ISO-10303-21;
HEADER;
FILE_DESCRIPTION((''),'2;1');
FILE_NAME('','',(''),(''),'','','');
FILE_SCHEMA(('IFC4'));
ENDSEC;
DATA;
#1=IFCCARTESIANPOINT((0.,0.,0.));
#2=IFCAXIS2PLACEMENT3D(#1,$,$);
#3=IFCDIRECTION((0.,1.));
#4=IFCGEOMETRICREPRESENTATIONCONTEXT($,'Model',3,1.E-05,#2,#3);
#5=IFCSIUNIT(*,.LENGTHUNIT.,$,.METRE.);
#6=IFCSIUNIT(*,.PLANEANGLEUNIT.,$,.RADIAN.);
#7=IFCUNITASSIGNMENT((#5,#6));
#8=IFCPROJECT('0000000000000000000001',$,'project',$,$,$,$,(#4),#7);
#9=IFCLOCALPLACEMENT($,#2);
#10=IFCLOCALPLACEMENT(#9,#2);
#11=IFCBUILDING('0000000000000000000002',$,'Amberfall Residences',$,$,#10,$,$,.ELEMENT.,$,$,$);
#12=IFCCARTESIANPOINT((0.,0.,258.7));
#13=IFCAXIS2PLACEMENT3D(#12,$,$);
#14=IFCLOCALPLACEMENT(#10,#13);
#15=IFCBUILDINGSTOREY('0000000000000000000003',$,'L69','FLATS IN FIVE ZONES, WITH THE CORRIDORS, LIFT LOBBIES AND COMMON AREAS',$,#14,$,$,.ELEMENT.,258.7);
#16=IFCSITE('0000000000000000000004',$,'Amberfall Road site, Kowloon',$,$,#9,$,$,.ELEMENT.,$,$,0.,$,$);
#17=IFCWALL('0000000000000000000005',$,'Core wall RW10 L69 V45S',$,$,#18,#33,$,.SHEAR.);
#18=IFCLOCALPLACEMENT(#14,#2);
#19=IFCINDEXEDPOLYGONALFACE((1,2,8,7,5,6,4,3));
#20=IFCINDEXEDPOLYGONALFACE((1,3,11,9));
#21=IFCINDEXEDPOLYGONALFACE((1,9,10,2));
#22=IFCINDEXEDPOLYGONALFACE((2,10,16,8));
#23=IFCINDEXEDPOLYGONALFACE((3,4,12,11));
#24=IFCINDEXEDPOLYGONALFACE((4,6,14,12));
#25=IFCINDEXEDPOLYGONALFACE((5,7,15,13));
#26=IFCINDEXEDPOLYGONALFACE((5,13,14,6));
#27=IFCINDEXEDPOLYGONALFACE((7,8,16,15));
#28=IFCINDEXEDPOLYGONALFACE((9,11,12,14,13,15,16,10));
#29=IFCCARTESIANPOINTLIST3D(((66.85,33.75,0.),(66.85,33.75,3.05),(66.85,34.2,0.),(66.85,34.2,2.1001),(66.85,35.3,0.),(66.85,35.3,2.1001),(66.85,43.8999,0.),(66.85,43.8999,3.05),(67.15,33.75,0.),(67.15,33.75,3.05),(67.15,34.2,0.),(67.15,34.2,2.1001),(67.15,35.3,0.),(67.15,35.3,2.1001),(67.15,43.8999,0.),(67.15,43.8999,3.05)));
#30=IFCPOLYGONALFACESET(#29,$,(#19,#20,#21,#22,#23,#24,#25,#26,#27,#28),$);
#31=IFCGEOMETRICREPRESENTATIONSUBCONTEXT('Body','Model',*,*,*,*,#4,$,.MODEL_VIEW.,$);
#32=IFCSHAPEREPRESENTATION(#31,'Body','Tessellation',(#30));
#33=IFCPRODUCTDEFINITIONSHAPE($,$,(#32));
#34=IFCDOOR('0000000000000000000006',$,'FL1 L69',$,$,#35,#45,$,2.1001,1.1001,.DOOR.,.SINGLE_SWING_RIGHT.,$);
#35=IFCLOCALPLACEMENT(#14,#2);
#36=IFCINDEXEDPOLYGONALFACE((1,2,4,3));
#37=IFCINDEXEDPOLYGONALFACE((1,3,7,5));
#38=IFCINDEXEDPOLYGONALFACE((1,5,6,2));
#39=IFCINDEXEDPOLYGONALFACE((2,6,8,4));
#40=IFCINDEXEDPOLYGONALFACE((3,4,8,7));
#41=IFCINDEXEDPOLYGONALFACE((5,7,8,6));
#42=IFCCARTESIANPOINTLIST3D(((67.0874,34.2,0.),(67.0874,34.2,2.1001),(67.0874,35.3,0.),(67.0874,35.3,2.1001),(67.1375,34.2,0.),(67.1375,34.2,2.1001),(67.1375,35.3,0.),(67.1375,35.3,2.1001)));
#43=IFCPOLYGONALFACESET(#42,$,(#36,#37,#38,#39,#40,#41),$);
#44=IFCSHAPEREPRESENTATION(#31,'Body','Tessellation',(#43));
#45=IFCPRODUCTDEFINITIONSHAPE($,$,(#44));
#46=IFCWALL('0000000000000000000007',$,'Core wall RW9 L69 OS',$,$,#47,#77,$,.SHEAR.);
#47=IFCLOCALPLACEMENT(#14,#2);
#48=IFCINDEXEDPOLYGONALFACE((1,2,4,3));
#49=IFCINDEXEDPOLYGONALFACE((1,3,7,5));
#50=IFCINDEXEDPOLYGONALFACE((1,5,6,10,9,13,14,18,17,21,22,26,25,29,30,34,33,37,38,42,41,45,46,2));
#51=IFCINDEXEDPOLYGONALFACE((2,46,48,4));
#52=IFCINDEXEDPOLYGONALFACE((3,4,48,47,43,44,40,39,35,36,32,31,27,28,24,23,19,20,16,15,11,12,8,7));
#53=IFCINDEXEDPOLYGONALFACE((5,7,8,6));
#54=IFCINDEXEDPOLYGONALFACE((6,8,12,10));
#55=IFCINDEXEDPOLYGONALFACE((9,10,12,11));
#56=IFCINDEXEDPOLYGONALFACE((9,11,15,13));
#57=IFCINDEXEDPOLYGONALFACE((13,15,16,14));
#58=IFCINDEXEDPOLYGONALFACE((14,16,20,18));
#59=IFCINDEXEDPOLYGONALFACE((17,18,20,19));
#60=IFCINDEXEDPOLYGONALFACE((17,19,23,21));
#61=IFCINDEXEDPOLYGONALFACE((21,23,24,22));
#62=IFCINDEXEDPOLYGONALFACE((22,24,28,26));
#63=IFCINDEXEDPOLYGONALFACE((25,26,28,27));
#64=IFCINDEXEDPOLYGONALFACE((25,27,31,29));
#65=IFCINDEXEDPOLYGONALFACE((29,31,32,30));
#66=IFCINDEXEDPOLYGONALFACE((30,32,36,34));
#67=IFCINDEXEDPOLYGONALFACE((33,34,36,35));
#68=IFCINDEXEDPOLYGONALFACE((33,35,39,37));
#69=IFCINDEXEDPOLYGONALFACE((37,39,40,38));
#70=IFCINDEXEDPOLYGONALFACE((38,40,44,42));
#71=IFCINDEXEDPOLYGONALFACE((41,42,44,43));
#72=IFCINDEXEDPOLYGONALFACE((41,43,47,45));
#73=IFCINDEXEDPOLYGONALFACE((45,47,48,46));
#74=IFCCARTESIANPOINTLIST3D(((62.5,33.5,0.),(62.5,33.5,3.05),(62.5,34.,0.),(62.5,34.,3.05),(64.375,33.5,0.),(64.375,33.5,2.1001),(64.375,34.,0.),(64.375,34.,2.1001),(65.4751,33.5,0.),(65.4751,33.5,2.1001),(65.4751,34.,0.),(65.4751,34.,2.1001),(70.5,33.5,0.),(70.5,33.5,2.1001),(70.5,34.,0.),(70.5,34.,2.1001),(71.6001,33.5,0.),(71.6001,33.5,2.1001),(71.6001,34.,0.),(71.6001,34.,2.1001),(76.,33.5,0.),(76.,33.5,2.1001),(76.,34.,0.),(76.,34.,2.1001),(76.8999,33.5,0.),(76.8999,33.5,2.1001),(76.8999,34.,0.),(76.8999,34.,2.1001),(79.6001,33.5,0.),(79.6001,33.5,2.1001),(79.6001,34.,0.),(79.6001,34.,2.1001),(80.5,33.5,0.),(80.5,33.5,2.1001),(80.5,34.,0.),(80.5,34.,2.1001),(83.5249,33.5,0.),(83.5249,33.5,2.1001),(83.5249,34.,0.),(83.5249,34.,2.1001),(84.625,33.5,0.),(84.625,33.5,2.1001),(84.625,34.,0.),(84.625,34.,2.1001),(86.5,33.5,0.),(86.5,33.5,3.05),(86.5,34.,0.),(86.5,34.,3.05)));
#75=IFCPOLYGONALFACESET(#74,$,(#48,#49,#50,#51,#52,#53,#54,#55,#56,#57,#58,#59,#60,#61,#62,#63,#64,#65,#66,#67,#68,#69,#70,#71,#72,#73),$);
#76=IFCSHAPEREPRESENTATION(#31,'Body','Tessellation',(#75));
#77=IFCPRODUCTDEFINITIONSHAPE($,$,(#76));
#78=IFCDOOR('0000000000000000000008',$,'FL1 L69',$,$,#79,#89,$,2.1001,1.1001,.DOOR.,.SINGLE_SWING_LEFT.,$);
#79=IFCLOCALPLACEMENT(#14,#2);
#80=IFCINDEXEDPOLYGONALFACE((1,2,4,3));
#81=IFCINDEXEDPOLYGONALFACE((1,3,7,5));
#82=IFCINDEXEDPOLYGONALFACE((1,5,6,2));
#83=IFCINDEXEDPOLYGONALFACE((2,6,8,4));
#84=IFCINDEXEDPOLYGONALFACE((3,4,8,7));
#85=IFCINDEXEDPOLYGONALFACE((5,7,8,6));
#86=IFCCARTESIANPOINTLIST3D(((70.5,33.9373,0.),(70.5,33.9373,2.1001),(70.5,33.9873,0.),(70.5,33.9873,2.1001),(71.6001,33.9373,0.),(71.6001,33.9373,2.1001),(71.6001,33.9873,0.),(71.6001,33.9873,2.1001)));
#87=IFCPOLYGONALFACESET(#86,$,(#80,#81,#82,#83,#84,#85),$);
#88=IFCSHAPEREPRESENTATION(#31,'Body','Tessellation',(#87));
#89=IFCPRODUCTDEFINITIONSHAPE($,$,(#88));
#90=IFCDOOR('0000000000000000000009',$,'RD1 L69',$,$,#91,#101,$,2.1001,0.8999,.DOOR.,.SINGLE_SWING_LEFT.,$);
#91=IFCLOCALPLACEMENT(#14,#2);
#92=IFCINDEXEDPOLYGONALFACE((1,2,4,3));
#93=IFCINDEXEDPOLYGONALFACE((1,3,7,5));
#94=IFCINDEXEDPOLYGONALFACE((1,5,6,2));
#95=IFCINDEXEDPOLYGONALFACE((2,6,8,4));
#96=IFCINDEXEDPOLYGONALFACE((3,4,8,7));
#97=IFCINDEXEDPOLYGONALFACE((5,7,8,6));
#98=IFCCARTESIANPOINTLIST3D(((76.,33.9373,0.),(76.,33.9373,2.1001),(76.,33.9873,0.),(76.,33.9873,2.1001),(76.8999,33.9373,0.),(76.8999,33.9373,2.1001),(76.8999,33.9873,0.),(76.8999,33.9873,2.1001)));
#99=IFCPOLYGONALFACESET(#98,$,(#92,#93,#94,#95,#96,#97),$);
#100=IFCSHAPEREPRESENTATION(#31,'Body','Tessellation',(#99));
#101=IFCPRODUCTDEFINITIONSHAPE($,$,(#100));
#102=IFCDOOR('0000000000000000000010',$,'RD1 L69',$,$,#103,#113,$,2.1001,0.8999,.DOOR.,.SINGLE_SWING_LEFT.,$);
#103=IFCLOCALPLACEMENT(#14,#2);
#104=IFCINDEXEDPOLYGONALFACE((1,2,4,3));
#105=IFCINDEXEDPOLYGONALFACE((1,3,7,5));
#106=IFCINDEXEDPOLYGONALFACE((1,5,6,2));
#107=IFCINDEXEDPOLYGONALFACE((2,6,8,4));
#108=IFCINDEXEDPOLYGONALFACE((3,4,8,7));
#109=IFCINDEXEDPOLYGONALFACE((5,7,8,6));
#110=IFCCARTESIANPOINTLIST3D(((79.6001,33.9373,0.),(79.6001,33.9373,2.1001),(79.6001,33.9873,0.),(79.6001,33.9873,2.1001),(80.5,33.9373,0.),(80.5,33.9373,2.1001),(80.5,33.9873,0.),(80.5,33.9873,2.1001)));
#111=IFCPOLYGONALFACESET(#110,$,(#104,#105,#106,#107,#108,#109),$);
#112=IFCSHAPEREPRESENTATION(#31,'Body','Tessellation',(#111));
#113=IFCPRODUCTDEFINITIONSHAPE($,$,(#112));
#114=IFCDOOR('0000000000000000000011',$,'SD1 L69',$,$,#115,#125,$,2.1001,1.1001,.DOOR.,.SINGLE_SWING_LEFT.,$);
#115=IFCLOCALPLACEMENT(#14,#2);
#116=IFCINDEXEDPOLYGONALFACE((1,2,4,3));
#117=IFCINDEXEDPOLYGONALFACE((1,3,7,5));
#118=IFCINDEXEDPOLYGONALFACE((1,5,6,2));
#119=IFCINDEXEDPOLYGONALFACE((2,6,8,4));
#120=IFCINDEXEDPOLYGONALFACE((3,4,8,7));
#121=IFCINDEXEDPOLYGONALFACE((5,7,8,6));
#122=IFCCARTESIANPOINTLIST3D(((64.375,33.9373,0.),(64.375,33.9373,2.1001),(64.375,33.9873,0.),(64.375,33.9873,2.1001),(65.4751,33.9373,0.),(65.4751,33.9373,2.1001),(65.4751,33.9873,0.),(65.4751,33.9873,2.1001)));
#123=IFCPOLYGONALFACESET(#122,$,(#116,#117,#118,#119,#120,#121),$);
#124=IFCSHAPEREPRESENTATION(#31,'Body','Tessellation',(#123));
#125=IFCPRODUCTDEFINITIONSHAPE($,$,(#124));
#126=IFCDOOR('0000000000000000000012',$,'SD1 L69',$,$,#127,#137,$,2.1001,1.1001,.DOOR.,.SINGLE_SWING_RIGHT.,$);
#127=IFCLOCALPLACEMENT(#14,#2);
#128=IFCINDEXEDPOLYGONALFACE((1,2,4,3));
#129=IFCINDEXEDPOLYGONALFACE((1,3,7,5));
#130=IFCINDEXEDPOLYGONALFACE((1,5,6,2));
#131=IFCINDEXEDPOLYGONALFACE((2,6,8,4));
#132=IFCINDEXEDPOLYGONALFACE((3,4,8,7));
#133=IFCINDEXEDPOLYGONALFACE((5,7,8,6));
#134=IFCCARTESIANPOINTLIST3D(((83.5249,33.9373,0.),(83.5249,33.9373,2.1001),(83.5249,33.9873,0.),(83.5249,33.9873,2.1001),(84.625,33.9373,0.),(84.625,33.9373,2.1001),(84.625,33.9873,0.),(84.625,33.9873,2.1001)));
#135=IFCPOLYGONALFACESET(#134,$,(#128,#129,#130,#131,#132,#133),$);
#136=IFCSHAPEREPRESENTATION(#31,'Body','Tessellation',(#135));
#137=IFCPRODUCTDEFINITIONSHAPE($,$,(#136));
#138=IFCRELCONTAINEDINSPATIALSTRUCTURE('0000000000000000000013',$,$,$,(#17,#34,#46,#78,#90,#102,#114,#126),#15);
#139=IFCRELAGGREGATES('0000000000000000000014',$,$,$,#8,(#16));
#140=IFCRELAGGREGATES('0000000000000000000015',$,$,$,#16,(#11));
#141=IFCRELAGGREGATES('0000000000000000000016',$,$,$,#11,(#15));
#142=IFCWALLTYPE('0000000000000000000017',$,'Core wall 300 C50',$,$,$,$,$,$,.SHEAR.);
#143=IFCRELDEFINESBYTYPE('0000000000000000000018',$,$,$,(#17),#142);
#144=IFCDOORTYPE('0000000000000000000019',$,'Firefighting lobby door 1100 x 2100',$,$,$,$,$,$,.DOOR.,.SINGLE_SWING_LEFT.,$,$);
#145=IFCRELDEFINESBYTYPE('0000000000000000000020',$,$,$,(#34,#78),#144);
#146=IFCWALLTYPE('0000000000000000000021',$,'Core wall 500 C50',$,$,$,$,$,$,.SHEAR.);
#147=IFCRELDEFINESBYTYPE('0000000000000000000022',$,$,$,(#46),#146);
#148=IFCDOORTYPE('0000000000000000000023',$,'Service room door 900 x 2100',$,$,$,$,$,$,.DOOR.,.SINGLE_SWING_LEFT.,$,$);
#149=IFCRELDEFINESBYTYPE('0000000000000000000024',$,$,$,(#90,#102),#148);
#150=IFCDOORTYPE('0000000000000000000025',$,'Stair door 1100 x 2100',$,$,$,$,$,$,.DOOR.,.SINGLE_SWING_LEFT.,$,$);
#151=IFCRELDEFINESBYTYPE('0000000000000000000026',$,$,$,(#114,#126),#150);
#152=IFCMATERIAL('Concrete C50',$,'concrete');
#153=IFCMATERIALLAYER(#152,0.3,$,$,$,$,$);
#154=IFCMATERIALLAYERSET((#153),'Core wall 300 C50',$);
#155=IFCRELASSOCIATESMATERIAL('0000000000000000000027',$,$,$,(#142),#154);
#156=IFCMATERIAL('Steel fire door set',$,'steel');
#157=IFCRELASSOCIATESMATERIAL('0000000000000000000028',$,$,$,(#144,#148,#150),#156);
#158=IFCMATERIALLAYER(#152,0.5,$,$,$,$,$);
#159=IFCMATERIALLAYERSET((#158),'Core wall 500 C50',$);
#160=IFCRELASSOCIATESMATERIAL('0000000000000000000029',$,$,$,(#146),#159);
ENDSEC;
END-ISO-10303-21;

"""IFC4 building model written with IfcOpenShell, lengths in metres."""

from ifc_helpers import new_model, si_unit, direction, frame, frame_2d, origin, place, context, subcontext, project, spatial, rectangle, extrude, material, layer, layer_set, type_object, element, fill, save


model = new_model("IFC4")

# Units and contexts
model_context = context("Model", 3, precision=1e-05, world=origin(), true_north=direction((0.0, 1.0)))
body_context = subcontext(model_context, "Body", "Model", "MODEL_VIEW")
ifc_project = project(units=[si_unit("LENGTHUNIT", "METRE"), si_unit("PLANEANGLEUNIT", "RADIAN")], contexts=[model_context])

# Site, building, storey
site_placement = place(None, origin())
site = spatial("IfcSite", under=ifc_project, at=site_placement, Name="Amberfall Road site, Kowloon", CompositionType="ELEMENT", RefElevation=0.0)
building_placement = place(site_placement, origin())
building = spatial("IfcBuilding", under=site, at=building_placement, Name="Amberfall Residences", CompositionType="ELEMENT")
storey_placement = place(building_placement, frame((0.0, 0.0, 258.7)))
storey = spatial("IfcBuildingStorey", under=building, at=storey_placement, Name="L69", Description="FLATS IN FIVE ZONES, WITH THE CORRIDORS, LIFT LOBBIES AND COMMON AREAS", CompositionType="ELEMENT", Elevation=258.7)

# Wall, opening, door
ifc_material_1 = material(Name="Concrete C50", Category="concrete")
ifc_layer_1 = layer(ifc_material_1, 0.3)
ifc_layer_set_1 = layer_set([ifc_layer_1], Name="Core wall 300 C50")
wall_type_1 = type_object("IfcWallType", Name="Core wall 300 C50", PredefinedType="SHEAR", material=ifc_layer_set_1)
wall_1_placement = place(storey_placement, frame((67.0, 33.75, 0.0), z_axis=(0.0, 0.0, 1.0), x_axis=(0.0, 1.0, 0.0)))
wall_1 = element("IfcWall", 1, at=wall_1_placement, inside=storey, type_object=wall_type_1, Name="Core wall RW10 L69 V45S", PredefinedType="SHEAR", context=body_context, shape_type="SweptSolid", body=[
    extrude(rectangle(XDim=10.1499, YDim=0.3, at=frame_2d((5.075, 0.0))), origin(), (0.0, 0.0, 1.0), 3.05),
])
opening_1_placement = place(wall_1_placement, frame((0.45, 0.0, 0.0)))
opening_1 = element("IfcOpeningElement", 2, at=opening_1_placement, cuts=wall_1, PredefinedType="OPENING", context=body_context, shape_type="SweptSolid", body=[
    extrude(rectangle(XDim=1.1001, YDim=2.1001, at=frame_2d((0.55, 1.05))), frame((0.0, 0.1599, 0.0), z_axis=(0.0, -1.0, 0.0), x_axis=(1.0, 0.0, 0.0)), (0.0, 0.0, 1.0), 0.3201),
])
ifc_material_2 = material(Name="Steel fire door set", Category="steel")
door_type_1 = type_object("IfcDoorType", Name="Firefighting lobby door 1100 x 2100", OperationType="SINGLE_SWING_LEFT", PredefinedType="DOOR", material=ifc_material_2)
door_1_placement = place(opening_1_placement, origin())
door_1 = element("IfcDoor", 3, at=door_1_placement, inside=storey, type_object=door_type_1, Name="FL1 L69", OperationType="SINGLE_SWING_RIGHT", OverallHeight=2.1001, OverallWidth=1.1001, PredefinedType="DOOR", context=body_context, shape_type="SweptSolid", body=[
    extrude(rectangle(XDim=1.1001, YDim=2.1001, at=frame_2d((0.55, 1.05))), frame((0.0, -0.0874, 0.0), z_axis=(0.0, -1.0, 0.0), x_axis=(1.0, 0.0, 0.0)), (0.0, 0.0, 1.0), 0.05),
])
fill(opening_1, door_1)

# Wall, openings, doors
ifc_layer_2 = layer(ifc_material_1, 0.5)
ifc_layer_set_2 = layer_set([ifc_layer_2], Name="Core wall 500 C50")
wall_type_2 = type_object("IfcWallType", Name="Core wall 500 C50", PredefinedType="SHEAR", material=ifc_layer_set_2)
wall_2_placement = place(storey_placement, frame((62.5, 33.75, 0.0), z_axis=(0.0, 0.0, 1.0), x_axis=(1.0, 0.0, 0.0)))
wall_2 = element("IfcWall", 4, at=wall_2_placement, inside=storey, type_object=wall_type_2, Name="Core wall RW9 L69 OS", PredefinedType="SHEAR", context=body_context, shape_type="SweptSolid", body=[
    extrude(rectangle(XDim=24.0, YDim=0.5, at=frame_2d((12.0, 0.0))), origin(), (0.0, 0.0, 1.0), 3.05),
])
opening_2_placement = place(wall_2_placement, frame((1.875, 0.0, 0.0)))
opening_2 = element("IfcOpeningElement", 5, at=opening_2_placement, cuts=wall_2, PredefinedType="OPENING", context=body_context, shape_type="SweptSolid", body=[
    extrude(rectangle(XDim=1.1001, YDim=2.1001, at=frame_2d((0.55, 1.05))), frame((0.0, 0.26, 0.0), z_axis=(0.0, -1.0, 0.0), x_axis=(1.0, 0.0, 0.0)), (0.0, 0.0, 1.0), 0.52),
])
opening_3_placement = place(wall_2_placement, frame((21.0249, 0.0, 0.0)))
opening_3 = element("IfcOpeningElement", 6, at=opening_3_placement, cuts=wall_2, PredefinedType="OPENING", context=body_context, shape_type="SweptSolid", body=[
    extrude(rectangle(XDim=1.1001, YDim=2.1001, at=frame_2d((0.55, 1.05))), frame((0.0, 0.26, 0.0), z_axis=(0.0, -1.0, 0.0), x_axis=(1.0, 0.0, 0.0)), (0.0, 0.0, 1.0), 0.52),
])
opening_4_placement = place(wall_2_placement, frame((8.0, 0.0, 0.0)))
opening_4 = element("IfcOpeningElement", 7, at=opening_4_placement, cuts=wall_2, PredefinedType="OPENING", context=body_context, shape_type="SweptSolid", body=[
    extrude(rectangle(XDim=1.1001, YDim=2.1001, at=frame_2d((0.55, 1.05))), frame((0.0, 0.26, 0.0), z_axis=(0.0, -1.0, 0.0), x_axis=(1.0, 0.0, 0.0)), (0.0, 0.0, 1.0), 0.52),
])
opening_5_placement = place(wall_2_placement, frame((13.5, 0.0, 0.0)))
opening_5 = element("IfcOpeningElement", 8, at=opening_5_placement, cuts=wall_2, PredefinedType="OPENING", context=body_context, shape_type="SweptSolid", body=[
    extrude(rectangle(XDim=0.8999, YDim=2.1001, at=frame_2d((0.45, 1.05))), frame((0.0, 0.26, 0.0), z_axis=(0.0, -1.0, 0.0), x_axis=(1.0, 0.0, 0.0)), (0.0, 0.0, 1.0), 0.52),
])
opening_6_placement = place(wall_2_placement, frame((17.1001, 0.0, 0.0)))
opening_6 = element("IfcOpeningElement", 9, at=opening_6_placement, cuts=wall_2, PredefinedType="OPENING", context=body_context, shape_type="SweptSolid", body=[
    extrude(rectangle(XDim=0.8999, YDim=2.1001, at=frame_2d((0.45, 1.05))), frame((0.0, 0.26, 0.0), z_axis=(0.0, -1.0, 0.0), x_axis=(1.0, 0.0, 0.0)), (0.0, 0.0, 1.0), 0.52),
])
door_2_placement = place(opening_4_placement, origin())
door_2 = element("IfcDoor", 10, at=door_2_placement, inside=storey, type_object=door_type_1, Name="FL1 L69", OperationType="SINGLE_SWING_LEFT", OverallHeight=2.1001, OverallWidth=1.1001, PredefinedType="DOOR", context=body_context, shape_type="SweptSolid", body=[
    extrude(rectangle(XDim=1.1001, YDim=2.1001, at=frame_2d((0.55, 1.05))), frame((0.0, 0.2373, 0.0), z_axis=(0.0, -1.0, 0.0), x_axis=(1.0, 0.0, 0.0)), (0.0, 0.0, 1.0), 0.05),
])
fill(opening_4, door_2)
door_type_2 = type_object("IfcDoorType", Name="Service room door 900 x 2100", OperationType="SINGLE_SWING_LEFT", PredefinedType="DOOR", material=ifc_material_2)
door_3_placement = place(opening_5_placement, origin())
door_3 = element("IfcDoor", 11, at=door_3_placement, inside=storey, type_object=door_type_2, Name="RD1 L69", OperationType="SINGLE_SWING_LEFT", OverallHeight=2.1001, OverallWidth=0.8999, PredefinedType="DOOR", context=body_context, shape_type="SweptSolid", body=[
    extrude(rectangle(XDim=0.8999, YDim=2.1001, at=frame_2d((0.45, 1.05))), frame((0.0, 0.2373, 0.0), z_axis=(0.0, -1.0, 0.0), x_axis=(1.0, 0.0, 0.0)), (0.0, 0.0, 1.0), 0.05),
])
fill(opening_5, door_3)
door_4_placement = place(opening_6_placement, origin())
door_4 = element("IfcDoor", 12, at=door_4_placement, inside=storey, type_object=door_type_2, Name="RD1 L69", OperationType="SINGLE_SWING_LEFT", OverallHeight=2.1001, OverallWidth=0.8999, PredefinedType="DOOR", context=body_context, shape_type="SweptSolid", body=[
    extrude(rectangle(XDim=0.8999, YDim=2.1001, at=frame_2d((0.45, 1.05))), frame((0.0, 0.2373, 0.0), z_axis=(0.0, -1.0, 0.0), x_axis=(1.0, 0.0, 0.0)), (0.0, 0.0, 1.0), 0.05),
])
fill(opening_6, door_4)
door_type_3 = type_object("IfcDoorType", Name="Stair door 1100 x 2100", OperationType="SINGLE_SWING_LEFT", PredefinedType="DOOR", material=ifc_material_2)
door_5_placement = place(opening_2_placement, origin())
door_5 = element("IfcDoor", 13, at=door_5_placement, inside=storey, type_object=door_type_3, Name="SD1 L69", OperationType="SINGLE_SWING_LEFT", OverallHeight=2.1001, OverallWidth=1.1001, PredefinedType="DOOR", context=body_context, shape_type="SweptSolid", body=[
    extrude(rectangle(XDim=1.1001, YDim=2.1001, at=frame_2d((0.55, 1.05))), frame((0.0, 0.2373, 0.0), z_axis=(0.0, -1.0, 0.0), x_axis=(1.0, 0.0, 0.0)), (0.0, 0.0, 1.0), 0.05),
])
fill(opening_2, door_5)
door_6_placement = place(opening_3_placement, origin())
door_6 = element("IfcDoor", 14, at=door_6_placement, inside=storey, type_object=door_type_3, Name="SD1 L69", OperationType="SINGLE_SWING_RIGHT", OverallHeight=2.1001, OverallWidth=1.1001, PredefinedType="DOOR", context=body_context, shape_type="SweptSolid", body=[
    extrude(rectangle(XDim=1.1001, YDim=2.1001, at=frame_2d((0.55, 1.05))), frame((0.0, 0.2373, 0.0), z_axis=(0.0, -1.0, 0.0), x_axis=(1.0, 0.0, 0.0)), (0.0, 0.0, 1.0), 0.05),
])
fill(opening_3, door_6)

save(model, "model.ifc")
